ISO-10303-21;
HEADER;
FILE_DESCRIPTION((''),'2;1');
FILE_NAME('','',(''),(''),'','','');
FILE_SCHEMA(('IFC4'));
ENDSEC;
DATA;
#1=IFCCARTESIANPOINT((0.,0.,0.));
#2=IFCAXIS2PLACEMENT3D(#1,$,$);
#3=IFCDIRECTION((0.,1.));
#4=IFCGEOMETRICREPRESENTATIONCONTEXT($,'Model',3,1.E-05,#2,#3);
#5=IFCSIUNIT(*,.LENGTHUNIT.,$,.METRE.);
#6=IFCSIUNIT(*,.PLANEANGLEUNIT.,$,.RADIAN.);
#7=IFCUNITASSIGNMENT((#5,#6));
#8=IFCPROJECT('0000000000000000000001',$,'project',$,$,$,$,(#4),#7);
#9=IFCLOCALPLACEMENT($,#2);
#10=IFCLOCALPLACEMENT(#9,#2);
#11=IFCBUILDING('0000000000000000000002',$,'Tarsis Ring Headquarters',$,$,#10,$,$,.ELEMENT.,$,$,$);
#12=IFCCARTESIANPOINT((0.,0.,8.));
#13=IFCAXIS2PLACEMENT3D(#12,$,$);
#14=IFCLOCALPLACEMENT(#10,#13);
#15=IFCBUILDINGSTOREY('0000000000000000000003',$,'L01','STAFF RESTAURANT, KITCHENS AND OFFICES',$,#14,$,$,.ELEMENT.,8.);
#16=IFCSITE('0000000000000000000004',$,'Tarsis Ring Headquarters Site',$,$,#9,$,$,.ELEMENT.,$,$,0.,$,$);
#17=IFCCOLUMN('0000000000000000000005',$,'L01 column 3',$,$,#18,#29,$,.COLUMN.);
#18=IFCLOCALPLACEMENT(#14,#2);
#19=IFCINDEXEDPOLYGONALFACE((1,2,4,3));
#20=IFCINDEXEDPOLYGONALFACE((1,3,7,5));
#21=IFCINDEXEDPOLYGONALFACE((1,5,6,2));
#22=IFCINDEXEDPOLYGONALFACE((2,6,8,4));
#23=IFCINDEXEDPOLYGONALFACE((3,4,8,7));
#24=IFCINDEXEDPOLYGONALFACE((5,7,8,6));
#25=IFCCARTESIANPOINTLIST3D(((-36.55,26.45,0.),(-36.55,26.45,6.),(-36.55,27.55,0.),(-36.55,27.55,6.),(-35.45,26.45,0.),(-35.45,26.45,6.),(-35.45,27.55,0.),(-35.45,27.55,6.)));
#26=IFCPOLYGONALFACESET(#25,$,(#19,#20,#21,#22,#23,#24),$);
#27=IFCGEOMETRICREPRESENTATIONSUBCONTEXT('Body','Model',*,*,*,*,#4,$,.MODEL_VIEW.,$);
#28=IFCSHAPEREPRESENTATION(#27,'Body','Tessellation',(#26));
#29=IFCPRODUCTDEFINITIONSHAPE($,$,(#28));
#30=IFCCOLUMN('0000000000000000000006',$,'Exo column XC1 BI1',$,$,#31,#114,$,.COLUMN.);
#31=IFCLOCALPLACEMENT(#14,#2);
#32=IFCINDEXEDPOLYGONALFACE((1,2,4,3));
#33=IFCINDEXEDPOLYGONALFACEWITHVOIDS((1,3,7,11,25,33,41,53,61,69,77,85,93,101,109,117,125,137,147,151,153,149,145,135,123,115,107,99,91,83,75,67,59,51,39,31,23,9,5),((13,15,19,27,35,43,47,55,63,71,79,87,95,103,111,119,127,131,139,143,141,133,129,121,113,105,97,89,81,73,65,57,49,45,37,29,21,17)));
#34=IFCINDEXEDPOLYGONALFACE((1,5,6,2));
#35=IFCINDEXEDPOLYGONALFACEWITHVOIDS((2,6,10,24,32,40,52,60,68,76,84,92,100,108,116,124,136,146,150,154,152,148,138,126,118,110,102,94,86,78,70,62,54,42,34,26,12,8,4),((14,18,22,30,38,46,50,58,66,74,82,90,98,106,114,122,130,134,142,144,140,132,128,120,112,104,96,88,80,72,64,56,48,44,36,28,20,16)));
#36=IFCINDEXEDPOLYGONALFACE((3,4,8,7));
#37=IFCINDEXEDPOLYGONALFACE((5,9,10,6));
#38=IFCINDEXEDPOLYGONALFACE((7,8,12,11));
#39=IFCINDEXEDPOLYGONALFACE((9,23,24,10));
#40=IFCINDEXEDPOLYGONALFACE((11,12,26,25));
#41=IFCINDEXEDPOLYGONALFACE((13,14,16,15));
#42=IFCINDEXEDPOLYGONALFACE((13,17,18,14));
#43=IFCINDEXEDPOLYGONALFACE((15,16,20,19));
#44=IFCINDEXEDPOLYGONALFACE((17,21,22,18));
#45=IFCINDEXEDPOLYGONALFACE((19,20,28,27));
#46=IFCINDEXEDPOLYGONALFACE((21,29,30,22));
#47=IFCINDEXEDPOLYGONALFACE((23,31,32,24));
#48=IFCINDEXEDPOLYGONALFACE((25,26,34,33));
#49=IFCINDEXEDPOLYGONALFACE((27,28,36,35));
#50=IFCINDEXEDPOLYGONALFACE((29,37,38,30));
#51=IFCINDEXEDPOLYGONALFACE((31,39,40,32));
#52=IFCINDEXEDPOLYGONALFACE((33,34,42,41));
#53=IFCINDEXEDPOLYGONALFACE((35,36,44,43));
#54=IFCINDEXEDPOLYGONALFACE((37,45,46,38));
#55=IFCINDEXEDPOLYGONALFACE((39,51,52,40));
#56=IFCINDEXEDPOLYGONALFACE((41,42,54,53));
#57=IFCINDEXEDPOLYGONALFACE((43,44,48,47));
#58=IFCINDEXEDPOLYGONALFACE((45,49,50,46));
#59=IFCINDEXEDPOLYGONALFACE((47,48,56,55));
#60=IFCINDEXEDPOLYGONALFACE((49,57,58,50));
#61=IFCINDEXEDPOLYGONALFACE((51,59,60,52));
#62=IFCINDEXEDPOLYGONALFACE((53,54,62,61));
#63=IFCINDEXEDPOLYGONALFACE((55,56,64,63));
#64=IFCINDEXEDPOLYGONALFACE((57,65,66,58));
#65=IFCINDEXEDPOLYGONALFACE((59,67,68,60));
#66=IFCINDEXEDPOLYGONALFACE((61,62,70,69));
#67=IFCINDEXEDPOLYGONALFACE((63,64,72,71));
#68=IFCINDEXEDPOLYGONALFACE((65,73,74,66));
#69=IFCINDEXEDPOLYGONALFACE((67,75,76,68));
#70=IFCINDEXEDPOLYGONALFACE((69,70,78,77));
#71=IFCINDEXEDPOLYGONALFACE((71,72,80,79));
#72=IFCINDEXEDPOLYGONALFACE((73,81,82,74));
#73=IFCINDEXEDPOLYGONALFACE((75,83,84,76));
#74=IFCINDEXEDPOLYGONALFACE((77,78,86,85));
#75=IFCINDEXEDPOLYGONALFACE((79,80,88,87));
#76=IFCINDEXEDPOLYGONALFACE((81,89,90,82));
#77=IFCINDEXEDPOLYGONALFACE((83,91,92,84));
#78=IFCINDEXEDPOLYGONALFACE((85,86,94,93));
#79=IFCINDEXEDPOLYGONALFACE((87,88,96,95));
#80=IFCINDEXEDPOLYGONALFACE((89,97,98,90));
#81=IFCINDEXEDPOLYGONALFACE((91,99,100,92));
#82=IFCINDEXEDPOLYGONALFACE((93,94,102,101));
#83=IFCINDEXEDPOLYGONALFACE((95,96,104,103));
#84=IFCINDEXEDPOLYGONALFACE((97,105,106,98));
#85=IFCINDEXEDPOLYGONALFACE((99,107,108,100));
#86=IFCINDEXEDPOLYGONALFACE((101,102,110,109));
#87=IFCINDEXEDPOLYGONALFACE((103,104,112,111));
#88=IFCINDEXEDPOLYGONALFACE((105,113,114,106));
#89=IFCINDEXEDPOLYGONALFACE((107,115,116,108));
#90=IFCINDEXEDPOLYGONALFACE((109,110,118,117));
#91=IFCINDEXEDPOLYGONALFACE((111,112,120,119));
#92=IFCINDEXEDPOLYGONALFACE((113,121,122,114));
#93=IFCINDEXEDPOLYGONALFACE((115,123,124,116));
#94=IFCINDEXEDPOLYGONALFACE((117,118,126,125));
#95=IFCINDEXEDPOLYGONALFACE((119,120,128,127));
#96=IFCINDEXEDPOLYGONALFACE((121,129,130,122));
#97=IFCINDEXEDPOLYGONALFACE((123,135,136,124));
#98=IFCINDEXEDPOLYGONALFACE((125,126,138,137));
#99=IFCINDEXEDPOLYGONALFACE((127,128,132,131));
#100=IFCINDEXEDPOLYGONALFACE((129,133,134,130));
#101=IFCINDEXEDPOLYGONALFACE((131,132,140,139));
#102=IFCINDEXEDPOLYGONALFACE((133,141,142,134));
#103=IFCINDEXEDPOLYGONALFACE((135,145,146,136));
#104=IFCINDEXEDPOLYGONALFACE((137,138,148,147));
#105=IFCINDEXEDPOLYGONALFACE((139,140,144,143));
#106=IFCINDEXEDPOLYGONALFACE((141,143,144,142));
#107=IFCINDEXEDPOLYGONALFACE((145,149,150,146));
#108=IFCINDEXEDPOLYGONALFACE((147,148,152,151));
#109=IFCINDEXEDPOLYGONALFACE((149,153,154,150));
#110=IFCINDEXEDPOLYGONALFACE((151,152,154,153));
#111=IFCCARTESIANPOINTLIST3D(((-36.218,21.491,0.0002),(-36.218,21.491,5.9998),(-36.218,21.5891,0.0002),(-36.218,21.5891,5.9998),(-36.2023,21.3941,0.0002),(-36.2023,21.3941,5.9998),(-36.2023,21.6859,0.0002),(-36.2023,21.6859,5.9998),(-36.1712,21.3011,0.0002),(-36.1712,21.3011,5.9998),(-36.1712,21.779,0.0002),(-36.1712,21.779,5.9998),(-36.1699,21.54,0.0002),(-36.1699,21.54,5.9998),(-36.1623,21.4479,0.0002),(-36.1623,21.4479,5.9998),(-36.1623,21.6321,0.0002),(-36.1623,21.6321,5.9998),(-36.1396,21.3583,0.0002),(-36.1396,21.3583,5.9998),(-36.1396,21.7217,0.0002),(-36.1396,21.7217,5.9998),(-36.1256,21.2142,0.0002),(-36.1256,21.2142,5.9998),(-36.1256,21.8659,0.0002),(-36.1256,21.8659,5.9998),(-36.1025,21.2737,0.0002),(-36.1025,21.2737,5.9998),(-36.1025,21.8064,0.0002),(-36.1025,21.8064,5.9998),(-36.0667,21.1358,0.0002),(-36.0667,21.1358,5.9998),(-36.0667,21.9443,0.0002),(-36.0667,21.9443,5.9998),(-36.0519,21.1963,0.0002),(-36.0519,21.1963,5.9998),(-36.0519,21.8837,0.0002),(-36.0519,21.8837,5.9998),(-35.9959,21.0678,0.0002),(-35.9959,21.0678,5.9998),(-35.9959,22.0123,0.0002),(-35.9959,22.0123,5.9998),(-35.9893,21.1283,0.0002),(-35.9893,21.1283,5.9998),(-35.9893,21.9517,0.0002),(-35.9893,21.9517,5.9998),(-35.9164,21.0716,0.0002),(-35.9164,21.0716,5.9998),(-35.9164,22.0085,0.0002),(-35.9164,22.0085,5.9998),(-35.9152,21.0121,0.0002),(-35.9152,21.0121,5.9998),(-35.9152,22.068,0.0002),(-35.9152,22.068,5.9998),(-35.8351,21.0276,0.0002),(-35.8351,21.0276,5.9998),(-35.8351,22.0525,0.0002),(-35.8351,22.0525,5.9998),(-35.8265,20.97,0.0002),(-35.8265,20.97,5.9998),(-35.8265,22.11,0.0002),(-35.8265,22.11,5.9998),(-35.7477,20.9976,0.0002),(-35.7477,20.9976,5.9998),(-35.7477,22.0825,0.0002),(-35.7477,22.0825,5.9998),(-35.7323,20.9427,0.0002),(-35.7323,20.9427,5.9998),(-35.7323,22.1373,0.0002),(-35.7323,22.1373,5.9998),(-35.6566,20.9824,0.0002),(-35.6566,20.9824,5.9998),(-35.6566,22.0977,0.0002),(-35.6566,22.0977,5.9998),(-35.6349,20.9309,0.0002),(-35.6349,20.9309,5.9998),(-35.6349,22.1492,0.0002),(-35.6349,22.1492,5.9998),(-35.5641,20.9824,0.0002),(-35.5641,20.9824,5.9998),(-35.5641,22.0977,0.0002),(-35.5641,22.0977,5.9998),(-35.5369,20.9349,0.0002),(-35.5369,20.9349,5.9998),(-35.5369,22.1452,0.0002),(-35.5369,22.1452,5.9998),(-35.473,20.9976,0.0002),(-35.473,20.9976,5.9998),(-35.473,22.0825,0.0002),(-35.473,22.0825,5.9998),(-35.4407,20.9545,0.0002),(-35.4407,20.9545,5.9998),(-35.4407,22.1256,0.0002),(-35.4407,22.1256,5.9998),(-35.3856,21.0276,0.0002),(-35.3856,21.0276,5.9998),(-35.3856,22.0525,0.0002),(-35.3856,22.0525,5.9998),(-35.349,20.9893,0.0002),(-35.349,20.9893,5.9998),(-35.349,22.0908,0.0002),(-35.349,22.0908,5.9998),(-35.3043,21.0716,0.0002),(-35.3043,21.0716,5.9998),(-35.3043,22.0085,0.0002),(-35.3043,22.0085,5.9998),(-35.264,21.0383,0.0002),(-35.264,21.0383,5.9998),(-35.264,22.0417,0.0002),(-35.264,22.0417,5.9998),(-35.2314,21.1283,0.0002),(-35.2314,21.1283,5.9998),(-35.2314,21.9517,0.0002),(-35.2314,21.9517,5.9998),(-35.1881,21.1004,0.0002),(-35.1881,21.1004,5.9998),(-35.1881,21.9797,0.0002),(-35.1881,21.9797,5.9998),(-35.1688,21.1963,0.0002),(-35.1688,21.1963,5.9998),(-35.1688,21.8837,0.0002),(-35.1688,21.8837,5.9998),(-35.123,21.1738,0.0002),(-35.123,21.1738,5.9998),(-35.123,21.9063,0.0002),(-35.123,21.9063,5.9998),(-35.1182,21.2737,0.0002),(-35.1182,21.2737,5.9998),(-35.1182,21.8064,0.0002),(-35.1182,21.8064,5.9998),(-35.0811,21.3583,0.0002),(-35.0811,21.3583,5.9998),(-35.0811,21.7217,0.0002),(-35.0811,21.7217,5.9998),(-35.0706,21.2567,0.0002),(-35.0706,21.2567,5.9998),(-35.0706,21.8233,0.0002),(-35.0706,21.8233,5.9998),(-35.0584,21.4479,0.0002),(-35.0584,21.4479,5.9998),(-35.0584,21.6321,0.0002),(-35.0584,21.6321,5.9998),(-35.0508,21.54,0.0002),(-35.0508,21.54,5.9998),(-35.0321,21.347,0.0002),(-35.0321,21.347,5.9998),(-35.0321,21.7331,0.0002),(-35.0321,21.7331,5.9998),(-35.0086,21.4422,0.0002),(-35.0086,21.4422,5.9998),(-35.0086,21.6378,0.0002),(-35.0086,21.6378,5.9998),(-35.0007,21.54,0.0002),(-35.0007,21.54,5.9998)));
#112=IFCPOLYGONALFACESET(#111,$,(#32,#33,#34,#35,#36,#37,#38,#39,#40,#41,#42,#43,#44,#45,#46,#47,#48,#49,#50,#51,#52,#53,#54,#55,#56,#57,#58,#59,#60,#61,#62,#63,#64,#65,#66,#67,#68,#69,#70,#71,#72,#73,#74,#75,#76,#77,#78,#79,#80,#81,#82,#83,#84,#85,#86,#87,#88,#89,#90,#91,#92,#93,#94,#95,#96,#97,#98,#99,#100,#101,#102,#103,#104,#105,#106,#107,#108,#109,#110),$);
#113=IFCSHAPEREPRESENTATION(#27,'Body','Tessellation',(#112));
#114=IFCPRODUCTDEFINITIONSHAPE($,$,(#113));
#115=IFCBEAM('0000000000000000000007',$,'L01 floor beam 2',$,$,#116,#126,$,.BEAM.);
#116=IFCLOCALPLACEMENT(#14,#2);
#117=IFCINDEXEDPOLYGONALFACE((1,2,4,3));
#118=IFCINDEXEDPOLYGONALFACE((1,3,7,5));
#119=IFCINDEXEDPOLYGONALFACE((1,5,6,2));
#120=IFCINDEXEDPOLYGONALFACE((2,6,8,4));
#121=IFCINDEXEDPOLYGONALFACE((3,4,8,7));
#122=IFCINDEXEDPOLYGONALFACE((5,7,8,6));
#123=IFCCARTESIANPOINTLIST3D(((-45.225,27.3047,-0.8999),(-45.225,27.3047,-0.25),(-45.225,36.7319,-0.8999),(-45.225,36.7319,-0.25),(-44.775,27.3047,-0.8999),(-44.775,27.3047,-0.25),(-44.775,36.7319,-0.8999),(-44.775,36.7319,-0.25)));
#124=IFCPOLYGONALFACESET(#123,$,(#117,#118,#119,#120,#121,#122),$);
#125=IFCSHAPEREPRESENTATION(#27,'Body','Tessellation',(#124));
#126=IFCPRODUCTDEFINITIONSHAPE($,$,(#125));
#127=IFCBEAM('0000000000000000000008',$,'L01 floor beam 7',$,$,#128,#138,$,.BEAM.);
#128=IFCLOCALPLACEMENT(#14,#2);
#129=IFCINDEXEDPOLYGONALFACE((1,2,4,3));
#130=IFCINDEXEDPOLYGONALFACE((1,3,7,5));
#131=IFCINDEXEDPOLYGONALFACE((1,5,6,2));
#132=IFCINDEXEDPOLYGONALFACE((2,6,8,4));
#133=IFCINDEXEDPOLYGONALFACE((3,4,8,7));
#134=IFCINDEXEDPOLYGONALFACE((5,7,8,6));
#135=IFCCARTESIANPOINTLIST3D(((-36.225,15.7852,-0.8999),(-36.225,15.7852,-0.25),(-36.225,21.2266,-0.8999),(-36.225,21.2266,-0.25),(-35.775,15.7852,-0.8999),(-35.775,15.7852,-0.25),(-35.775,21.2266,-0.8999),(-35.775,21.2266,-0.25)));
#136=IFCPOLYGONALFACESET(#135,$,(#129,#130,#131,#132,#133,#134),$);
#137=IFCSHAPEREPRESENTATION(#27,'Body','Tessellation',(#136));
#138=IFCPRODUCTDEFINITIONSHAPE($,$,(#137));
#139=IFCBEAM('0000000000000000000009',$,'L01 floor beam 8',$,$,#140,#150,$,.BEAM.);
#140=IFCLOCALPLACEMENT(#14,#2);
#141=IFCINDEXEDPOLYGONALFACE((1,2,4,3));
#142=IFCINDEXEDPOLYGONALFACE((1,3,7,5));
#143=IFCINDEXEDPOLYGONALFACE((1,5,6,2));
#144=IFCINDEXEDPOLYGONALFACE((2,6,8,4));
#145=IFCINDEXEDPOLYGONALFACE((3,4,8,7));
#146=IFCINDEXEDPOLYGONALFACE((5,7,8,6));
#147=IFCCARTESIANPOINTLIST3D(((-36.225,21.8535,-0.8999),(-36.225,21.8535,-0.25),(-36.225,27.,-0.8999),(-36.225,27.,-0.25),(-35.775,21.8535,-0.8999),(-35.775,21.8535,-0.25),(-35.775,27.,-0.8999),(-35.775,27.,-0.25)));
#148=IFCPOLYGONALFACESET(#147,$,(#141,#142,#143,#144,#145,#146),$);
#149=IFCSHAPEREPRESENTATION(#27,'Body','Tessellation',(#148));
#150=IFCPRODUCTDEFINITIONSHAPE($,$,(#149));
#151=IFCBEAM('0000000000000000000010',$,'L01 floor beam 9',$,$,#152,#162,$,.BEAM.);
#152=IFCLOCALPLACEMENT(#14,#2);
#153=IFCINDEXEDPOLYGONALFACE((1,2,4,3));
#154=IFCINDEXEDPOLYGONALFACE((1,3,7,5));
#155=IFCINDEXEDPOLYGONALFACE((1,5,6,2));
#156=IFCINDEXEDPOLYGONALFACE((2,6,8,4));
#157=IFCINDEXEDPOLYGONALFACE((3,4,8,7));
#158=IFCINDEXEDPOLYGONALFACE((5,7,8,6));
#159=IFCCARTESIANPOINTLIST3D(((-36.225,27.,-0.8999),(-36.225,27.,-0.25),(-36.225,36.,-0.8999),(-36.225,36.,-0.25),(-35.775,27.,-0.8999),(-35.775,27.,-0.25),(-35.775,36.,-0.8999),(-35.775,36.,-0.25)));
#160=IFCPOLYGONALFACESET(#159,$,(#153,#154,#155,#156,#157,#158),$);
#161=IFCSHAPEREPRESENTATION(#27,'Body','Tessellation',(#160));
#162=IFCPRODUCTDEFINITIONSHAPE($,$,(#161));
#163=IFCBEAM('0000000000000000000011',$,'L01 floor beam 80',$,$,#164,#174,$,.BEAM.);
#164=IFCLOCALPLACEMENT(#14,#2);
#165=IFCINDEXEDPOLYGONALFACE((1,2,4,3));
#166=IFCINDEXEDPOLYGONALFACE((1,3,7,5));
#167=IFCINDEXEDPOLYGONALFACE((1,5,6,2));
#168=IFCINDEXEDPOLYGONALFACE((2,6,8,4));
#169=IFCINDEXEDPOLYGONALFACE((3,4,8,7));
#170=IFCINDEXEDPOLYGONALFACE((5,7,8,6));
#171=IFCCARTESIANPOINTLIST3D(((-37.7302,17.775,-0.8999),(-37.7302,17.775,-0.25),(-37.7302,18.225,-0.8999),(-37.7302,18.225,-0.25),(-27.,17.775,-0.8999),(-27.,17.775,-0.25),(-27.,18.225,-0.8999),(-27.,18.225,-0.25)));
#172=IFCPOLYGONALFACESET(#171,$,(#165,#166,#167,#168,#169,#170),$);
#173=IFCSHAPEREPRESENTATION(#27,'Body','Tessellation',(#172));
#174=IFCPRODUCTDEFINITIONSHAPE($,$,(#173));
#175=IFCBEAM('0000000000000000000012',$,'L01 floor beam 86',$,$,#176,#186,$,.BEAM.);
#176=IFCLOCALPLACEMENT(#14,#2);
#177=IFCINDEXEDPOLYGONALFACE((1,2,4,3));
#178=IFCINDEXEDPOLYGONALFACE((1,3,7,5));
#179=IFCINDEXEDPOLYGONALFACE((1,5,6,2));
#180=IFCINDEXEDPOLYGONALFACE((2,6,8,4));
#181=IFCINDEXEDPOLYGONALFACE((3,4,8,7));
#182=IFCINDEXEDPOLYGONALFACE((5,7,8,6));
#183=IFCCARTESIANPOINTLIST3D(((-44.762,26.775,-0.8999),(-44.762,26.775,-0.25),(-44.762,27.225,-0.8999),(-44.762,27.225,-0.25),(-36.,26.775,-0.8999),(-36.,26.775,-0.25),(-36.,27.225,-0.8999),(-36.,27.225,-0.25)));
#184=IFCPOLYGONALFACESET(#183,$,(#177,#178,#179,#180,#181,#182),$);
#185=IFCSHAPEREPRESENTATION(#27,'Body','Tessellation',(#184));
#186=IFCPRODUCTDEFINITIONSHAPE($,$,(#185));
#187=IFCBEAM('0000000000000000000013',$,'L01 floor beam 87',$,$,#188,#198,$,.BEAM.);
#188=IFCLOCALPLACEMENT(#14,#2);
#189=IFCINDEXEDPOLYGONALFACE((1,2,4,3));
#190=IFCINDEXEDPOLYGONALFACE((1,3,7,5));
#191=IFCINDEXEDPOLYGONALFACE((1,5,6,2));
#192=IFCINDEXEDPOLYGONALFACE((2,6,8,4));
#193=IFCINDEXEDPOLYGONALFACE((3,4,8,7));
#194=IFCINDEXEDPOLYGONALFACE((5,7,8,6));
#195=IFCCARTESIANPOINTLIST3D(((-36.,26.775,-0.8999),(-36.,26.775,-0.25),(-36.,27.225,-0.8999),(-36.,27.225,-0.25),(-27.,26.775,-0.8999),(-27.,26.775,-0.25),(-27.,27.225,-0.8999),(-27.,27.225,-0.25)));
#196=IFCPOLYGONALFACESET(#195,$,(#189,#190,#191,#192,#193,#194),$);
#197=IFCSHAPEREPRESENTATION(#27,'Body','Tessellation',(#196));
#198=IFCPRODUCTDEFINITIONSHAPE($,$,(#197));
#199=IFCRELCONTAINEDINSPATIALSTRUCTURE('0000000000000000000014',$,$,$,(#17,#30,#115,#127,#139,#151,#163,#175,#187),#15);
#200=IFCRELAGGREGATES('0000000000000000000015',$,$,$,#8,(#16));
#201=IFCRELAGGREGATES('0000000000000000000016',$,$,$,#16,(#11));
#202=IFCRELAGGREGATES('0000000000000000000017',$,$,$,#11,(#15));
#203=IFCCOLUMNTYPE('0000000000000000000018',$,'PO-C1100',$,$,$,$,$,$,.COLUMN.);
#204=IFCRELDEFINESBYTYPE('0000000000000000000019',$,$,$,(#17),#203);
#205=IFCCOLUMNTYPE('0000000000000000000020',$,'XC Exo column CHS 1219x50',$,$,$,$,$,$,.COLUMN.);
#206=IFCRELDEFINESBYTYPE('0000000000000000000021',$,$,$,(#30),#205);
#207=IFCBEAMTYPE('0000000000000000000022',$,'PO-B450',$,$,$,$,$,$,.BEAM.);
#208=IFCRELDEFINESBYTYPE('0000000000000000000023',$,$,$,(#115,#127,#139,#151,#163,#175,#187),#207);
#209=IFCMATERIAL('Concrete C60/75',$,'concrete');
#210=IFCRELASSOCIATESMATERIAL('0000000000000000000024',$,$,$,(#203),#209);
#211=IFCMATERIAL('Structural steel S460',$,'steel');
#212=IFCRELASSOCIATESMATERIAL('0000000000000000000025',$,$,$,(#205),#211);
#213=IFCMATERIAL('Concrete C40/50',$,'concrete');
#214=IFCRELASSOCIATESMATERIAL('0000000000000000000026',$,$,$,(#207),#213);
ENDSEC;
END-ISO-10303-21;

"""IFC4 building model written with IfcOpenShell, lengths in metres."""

from ifc_helpers import new_model, si_unit, direction, frame, origin, origin_2d, place, context, subcontext, project, spatial, rectangle, hollow_circle, extrude, material, material_profile, profile_set, type_object, element, save


model = new_model("IFC4")

# Units and contexts
model_context = context("Model", 3, precision=1e-05, world=origin(), true_north=direction((0.0, 1.0)))
body_context = subcontext(model_context, "Body", "Model", "MODEL_VIEW")
ifc_project = project(units=[si_unit("LENGTHUNIT", "METRE"), si_unit("PLANEANGLEUNIT", "RADIAN")], contexts=[model_context])

# Site, building, storey
site_placement = place(None, origin())
site = spatial("IfcSite", under=ifc_project, at=site_placement, Name="Tarsis Ring Headquarters Site", CompositionType="ELEMENT", RefElevation=0.0)
building_placement = place(site_placement, origin())
building = spatial("IfcBuilding", under=site, at=building_placement, Name="Tarsis Ring Headquarters", CompositionType="ELEMENT")
storey_placement = place(building_placement, frame((0.0, 0.0, 8.0)))
storey = spatial("IfcBuildingStorey", under=building, at=storey_placement, Name="L01", Description="STAFF RESTAURANT, KITCHENS AND OFFICES", CompositionType="ELEMENT", Elevation=8.0)

# Columns
ifc_material_1 = material(Name="Concrete C60/75", Category="concrete")
ifc_material_profile_1 = material_profile(ifc_material_1, rectangle(XDim=1.1001, YDim=1.1001, at=origin_2d()), Name="PO-C1100")
ifc_profile_set_1 = profile_set([ifc_material_profile_1], Name="Concrete C60/75")
column_type_1 = type_object("IfcColumnType", Name="PO-C1100", PredefinedType="COLUMN", material=ifc_profile_set_1)
column_1_placement = place(storey_placement, frame((-36.0, 27.0, 0.0), z_axis=(0.0, 0.0, 1.0), x_axis=(1.0, 0.0, 0.0)))
element("IfcColumn", 1, at=column_1_placement, inside=storey, type_object=column_type_1, Name="L01 column 3", PredefinedType="COLUMN", context=body_context, shape_type="SweptSolid", body=[
    extrude(rectangle(XDim=1.1001, YDim=1.1001, at=origin_2d()), origin(), (0.0, 0.0, 1.0), 6.0),
])
ifc_material_2 = material(Name="Structural steel S460", Category="steel")
ifc_material_profile_2 = material_profile(ifc_material_2, hollow_circle(Radius=0.6096, WallThickness=0.05, at=origin_2d()), Name="CHS 1219x50")
ifc_profile_set_2 = profile_set([ifc_material_profile_2], Name="Structural steel S460")
column_type_2 = type_object("IfcColumnType", Name="XC Exo column CHS 1219x50", PredefinedType="COLUMN", material=ifc_profile_set_2)
column_2_placement = place(storey_placement, frame((-35.6104, 21.54, 0.0002), z_axis=(0.0, 0.0, 1.0), x_axis=(1.0, 0.0, 0.0)))
element("IfcColumn", 2, at=column_2_placement, inside=storey, type_object=column_type_2, Name="Exo column XC1 BI1", PredefinedType="COLUMN", context=body_context, shape_type="SweptSolid", body=[
    extrude(hollow_circle(Radius=0.6096, WallThickness=0.05, at=origin_2d()), origin(), (0.0, 0.0, 1.0), 5.9995),
])

# Beams
ifc_material_3 = material(Name="Concrete C40/50", Category="concrete")
ifc_material_profile_3 = material_profile(ifc_material_3, rectangle(XDim=0.45, YDim=0.6499, at=origin_2d()), Name="PO-B450")
ifc_profile_set_3 = profile_set([ifc_material_profile_3], Name="Concrete C40/50")
beam_type_1 = type_object("IfcBeamType", Name="PO-B450", PredefinedType="BEAM", material=ifc_profile_set_3)
beam_1_placement = place(storey_placement, frame((-45.0, 27.3047, -0.575), z_axis=(0.0, 1.0, 0.0), x_axis=(-1.0, 0.0, 0.0)))
element("IfcBeam", 3, at=beam_1_placement, inside=storey, type_object=beam_type_1, Name="L01 floor beam 2", PredefinedType="BEAM", context=body_context, shape_type="SweptSolid", body=[
    extrude(rectangle(XDim=0.45, YDim=0.6499, at=origin_2d()), origin(), (0.0, 0.0, 1.0), 9.4272),
])
beam_2_placement = place(storey_placement, frame((-36.0, 15.7852, -0.575), z_axis=(0.0, 1.0, 0.0), x_axis=(-1.0, 0.0, 0.0)))
element("IfcBeam", 4, at=beam_2_placement, inside=storey, type_object=beam_type_1, Name="L01 floor beam 7", PredefinedType="BEAM", context=body_context, shape_type="SweptSolid", body=[
    extrude(rectangle(XDim=0.45, YDim=0.6499, at=origin_2d()), origin(), (0.0, 0.0, 1.0), 5.4414),
])
beam_3_placement = place(storey_placement, frame((-36.0, 21.8535, -0.575), z_axis=(0.0, 1.0, 0.0), x_axis=(-1.0, 0.0, 0.0)))
element("IfcBeam", 5, at=beam_3_placement, inside=storey, type_object=beam_type_1, Name="L01 floor beam 8", PredefinedType="BEAM", context=body_context, shape_type="SweptSolid", body=[
    extrude(rectangle(XDim=0.45, YDim=0.6499, at=origin_2d()), origin(), (0.0, 0.0, 1.0), 5.1465),
])
beam_4_placement = place(storey_placement, frame((-36.0, 27.0, -0.575), z_axis=(0.0, 1.0, 0.0), x_axis=(-1.0, 0.0, 0.0)))
element("IfcBeam", 6, at=beam_4_placement, inside=storey, type_object=beam_type_1, Name="L01 floor beam 9", PredefinedType="BEAM", context=body_context, shape_type="SweptSolid", body=[
    extrude(rectangle(XDim=0.45, YDim=0.6499, at=origin_2d()), origin(), (0.0, 0.0, 1.0), 9.0),
])
beam_5_placement = place(storey_placement, frame((-37.7302, 18.0, -0.575), z_axis=(1.0, 0.0, 0.0), x_axis=(0.0, 1.0, 0.0)))
element("IfcBeam", 7, at=beam_5_placement, inside=storey, type_object=beam_type_1, Name="L01 floor beam 80", PredefinedType="BEAM", context=body_context, shape_type="SweptSolid", body=[
    extrude(rectangle(XDim=0.45, YDim=0.6499, at=origin_2d()), origin(), (0.0, 0.0, 1.0), 10.7302),
])
beam_6_placement = place(storey_placement, frame((-44.762, 27.0, -0.575), z_axis=(1.0, 0.0, 0.0), x_axis=(0.0, 1.0, 0.0)))
element("IfcBeam", 8, at=beam_6_placement, inside=storey, type_object=beam_type_1, Name="L01 floor beam 86", PredefinedType="BEAM", context=body_context, shape_type="SweptSolid", body=[
    extrude(rectangle(XDim=0.45, YDim=0.6499, at=origin_2d()), origin(), (0.0, 0.0, 1.0), 8.762),
])
beam_7_placement = place(storey_placement, frame((-36.0, 27.0, -0.575), z_axis=(1.0, 0.0, 0.0), x_axis=(0.0, 1.0, 0.0)))
element("IfcBeam", 9, at=beam_7_placement, inside=storey, type_object=beam_type_1, Name="L01 floor beam 87", PredefinedType="BEAM", context=body_context, shape_type="SweptSolid", body=[
    extrude(rectangle(XDim=0.45, YDim=0.6499, at=origin_2d()), origin(), (0.0, 0.0, 1.0), 9.0),
])

save(model, "model.ifc")
